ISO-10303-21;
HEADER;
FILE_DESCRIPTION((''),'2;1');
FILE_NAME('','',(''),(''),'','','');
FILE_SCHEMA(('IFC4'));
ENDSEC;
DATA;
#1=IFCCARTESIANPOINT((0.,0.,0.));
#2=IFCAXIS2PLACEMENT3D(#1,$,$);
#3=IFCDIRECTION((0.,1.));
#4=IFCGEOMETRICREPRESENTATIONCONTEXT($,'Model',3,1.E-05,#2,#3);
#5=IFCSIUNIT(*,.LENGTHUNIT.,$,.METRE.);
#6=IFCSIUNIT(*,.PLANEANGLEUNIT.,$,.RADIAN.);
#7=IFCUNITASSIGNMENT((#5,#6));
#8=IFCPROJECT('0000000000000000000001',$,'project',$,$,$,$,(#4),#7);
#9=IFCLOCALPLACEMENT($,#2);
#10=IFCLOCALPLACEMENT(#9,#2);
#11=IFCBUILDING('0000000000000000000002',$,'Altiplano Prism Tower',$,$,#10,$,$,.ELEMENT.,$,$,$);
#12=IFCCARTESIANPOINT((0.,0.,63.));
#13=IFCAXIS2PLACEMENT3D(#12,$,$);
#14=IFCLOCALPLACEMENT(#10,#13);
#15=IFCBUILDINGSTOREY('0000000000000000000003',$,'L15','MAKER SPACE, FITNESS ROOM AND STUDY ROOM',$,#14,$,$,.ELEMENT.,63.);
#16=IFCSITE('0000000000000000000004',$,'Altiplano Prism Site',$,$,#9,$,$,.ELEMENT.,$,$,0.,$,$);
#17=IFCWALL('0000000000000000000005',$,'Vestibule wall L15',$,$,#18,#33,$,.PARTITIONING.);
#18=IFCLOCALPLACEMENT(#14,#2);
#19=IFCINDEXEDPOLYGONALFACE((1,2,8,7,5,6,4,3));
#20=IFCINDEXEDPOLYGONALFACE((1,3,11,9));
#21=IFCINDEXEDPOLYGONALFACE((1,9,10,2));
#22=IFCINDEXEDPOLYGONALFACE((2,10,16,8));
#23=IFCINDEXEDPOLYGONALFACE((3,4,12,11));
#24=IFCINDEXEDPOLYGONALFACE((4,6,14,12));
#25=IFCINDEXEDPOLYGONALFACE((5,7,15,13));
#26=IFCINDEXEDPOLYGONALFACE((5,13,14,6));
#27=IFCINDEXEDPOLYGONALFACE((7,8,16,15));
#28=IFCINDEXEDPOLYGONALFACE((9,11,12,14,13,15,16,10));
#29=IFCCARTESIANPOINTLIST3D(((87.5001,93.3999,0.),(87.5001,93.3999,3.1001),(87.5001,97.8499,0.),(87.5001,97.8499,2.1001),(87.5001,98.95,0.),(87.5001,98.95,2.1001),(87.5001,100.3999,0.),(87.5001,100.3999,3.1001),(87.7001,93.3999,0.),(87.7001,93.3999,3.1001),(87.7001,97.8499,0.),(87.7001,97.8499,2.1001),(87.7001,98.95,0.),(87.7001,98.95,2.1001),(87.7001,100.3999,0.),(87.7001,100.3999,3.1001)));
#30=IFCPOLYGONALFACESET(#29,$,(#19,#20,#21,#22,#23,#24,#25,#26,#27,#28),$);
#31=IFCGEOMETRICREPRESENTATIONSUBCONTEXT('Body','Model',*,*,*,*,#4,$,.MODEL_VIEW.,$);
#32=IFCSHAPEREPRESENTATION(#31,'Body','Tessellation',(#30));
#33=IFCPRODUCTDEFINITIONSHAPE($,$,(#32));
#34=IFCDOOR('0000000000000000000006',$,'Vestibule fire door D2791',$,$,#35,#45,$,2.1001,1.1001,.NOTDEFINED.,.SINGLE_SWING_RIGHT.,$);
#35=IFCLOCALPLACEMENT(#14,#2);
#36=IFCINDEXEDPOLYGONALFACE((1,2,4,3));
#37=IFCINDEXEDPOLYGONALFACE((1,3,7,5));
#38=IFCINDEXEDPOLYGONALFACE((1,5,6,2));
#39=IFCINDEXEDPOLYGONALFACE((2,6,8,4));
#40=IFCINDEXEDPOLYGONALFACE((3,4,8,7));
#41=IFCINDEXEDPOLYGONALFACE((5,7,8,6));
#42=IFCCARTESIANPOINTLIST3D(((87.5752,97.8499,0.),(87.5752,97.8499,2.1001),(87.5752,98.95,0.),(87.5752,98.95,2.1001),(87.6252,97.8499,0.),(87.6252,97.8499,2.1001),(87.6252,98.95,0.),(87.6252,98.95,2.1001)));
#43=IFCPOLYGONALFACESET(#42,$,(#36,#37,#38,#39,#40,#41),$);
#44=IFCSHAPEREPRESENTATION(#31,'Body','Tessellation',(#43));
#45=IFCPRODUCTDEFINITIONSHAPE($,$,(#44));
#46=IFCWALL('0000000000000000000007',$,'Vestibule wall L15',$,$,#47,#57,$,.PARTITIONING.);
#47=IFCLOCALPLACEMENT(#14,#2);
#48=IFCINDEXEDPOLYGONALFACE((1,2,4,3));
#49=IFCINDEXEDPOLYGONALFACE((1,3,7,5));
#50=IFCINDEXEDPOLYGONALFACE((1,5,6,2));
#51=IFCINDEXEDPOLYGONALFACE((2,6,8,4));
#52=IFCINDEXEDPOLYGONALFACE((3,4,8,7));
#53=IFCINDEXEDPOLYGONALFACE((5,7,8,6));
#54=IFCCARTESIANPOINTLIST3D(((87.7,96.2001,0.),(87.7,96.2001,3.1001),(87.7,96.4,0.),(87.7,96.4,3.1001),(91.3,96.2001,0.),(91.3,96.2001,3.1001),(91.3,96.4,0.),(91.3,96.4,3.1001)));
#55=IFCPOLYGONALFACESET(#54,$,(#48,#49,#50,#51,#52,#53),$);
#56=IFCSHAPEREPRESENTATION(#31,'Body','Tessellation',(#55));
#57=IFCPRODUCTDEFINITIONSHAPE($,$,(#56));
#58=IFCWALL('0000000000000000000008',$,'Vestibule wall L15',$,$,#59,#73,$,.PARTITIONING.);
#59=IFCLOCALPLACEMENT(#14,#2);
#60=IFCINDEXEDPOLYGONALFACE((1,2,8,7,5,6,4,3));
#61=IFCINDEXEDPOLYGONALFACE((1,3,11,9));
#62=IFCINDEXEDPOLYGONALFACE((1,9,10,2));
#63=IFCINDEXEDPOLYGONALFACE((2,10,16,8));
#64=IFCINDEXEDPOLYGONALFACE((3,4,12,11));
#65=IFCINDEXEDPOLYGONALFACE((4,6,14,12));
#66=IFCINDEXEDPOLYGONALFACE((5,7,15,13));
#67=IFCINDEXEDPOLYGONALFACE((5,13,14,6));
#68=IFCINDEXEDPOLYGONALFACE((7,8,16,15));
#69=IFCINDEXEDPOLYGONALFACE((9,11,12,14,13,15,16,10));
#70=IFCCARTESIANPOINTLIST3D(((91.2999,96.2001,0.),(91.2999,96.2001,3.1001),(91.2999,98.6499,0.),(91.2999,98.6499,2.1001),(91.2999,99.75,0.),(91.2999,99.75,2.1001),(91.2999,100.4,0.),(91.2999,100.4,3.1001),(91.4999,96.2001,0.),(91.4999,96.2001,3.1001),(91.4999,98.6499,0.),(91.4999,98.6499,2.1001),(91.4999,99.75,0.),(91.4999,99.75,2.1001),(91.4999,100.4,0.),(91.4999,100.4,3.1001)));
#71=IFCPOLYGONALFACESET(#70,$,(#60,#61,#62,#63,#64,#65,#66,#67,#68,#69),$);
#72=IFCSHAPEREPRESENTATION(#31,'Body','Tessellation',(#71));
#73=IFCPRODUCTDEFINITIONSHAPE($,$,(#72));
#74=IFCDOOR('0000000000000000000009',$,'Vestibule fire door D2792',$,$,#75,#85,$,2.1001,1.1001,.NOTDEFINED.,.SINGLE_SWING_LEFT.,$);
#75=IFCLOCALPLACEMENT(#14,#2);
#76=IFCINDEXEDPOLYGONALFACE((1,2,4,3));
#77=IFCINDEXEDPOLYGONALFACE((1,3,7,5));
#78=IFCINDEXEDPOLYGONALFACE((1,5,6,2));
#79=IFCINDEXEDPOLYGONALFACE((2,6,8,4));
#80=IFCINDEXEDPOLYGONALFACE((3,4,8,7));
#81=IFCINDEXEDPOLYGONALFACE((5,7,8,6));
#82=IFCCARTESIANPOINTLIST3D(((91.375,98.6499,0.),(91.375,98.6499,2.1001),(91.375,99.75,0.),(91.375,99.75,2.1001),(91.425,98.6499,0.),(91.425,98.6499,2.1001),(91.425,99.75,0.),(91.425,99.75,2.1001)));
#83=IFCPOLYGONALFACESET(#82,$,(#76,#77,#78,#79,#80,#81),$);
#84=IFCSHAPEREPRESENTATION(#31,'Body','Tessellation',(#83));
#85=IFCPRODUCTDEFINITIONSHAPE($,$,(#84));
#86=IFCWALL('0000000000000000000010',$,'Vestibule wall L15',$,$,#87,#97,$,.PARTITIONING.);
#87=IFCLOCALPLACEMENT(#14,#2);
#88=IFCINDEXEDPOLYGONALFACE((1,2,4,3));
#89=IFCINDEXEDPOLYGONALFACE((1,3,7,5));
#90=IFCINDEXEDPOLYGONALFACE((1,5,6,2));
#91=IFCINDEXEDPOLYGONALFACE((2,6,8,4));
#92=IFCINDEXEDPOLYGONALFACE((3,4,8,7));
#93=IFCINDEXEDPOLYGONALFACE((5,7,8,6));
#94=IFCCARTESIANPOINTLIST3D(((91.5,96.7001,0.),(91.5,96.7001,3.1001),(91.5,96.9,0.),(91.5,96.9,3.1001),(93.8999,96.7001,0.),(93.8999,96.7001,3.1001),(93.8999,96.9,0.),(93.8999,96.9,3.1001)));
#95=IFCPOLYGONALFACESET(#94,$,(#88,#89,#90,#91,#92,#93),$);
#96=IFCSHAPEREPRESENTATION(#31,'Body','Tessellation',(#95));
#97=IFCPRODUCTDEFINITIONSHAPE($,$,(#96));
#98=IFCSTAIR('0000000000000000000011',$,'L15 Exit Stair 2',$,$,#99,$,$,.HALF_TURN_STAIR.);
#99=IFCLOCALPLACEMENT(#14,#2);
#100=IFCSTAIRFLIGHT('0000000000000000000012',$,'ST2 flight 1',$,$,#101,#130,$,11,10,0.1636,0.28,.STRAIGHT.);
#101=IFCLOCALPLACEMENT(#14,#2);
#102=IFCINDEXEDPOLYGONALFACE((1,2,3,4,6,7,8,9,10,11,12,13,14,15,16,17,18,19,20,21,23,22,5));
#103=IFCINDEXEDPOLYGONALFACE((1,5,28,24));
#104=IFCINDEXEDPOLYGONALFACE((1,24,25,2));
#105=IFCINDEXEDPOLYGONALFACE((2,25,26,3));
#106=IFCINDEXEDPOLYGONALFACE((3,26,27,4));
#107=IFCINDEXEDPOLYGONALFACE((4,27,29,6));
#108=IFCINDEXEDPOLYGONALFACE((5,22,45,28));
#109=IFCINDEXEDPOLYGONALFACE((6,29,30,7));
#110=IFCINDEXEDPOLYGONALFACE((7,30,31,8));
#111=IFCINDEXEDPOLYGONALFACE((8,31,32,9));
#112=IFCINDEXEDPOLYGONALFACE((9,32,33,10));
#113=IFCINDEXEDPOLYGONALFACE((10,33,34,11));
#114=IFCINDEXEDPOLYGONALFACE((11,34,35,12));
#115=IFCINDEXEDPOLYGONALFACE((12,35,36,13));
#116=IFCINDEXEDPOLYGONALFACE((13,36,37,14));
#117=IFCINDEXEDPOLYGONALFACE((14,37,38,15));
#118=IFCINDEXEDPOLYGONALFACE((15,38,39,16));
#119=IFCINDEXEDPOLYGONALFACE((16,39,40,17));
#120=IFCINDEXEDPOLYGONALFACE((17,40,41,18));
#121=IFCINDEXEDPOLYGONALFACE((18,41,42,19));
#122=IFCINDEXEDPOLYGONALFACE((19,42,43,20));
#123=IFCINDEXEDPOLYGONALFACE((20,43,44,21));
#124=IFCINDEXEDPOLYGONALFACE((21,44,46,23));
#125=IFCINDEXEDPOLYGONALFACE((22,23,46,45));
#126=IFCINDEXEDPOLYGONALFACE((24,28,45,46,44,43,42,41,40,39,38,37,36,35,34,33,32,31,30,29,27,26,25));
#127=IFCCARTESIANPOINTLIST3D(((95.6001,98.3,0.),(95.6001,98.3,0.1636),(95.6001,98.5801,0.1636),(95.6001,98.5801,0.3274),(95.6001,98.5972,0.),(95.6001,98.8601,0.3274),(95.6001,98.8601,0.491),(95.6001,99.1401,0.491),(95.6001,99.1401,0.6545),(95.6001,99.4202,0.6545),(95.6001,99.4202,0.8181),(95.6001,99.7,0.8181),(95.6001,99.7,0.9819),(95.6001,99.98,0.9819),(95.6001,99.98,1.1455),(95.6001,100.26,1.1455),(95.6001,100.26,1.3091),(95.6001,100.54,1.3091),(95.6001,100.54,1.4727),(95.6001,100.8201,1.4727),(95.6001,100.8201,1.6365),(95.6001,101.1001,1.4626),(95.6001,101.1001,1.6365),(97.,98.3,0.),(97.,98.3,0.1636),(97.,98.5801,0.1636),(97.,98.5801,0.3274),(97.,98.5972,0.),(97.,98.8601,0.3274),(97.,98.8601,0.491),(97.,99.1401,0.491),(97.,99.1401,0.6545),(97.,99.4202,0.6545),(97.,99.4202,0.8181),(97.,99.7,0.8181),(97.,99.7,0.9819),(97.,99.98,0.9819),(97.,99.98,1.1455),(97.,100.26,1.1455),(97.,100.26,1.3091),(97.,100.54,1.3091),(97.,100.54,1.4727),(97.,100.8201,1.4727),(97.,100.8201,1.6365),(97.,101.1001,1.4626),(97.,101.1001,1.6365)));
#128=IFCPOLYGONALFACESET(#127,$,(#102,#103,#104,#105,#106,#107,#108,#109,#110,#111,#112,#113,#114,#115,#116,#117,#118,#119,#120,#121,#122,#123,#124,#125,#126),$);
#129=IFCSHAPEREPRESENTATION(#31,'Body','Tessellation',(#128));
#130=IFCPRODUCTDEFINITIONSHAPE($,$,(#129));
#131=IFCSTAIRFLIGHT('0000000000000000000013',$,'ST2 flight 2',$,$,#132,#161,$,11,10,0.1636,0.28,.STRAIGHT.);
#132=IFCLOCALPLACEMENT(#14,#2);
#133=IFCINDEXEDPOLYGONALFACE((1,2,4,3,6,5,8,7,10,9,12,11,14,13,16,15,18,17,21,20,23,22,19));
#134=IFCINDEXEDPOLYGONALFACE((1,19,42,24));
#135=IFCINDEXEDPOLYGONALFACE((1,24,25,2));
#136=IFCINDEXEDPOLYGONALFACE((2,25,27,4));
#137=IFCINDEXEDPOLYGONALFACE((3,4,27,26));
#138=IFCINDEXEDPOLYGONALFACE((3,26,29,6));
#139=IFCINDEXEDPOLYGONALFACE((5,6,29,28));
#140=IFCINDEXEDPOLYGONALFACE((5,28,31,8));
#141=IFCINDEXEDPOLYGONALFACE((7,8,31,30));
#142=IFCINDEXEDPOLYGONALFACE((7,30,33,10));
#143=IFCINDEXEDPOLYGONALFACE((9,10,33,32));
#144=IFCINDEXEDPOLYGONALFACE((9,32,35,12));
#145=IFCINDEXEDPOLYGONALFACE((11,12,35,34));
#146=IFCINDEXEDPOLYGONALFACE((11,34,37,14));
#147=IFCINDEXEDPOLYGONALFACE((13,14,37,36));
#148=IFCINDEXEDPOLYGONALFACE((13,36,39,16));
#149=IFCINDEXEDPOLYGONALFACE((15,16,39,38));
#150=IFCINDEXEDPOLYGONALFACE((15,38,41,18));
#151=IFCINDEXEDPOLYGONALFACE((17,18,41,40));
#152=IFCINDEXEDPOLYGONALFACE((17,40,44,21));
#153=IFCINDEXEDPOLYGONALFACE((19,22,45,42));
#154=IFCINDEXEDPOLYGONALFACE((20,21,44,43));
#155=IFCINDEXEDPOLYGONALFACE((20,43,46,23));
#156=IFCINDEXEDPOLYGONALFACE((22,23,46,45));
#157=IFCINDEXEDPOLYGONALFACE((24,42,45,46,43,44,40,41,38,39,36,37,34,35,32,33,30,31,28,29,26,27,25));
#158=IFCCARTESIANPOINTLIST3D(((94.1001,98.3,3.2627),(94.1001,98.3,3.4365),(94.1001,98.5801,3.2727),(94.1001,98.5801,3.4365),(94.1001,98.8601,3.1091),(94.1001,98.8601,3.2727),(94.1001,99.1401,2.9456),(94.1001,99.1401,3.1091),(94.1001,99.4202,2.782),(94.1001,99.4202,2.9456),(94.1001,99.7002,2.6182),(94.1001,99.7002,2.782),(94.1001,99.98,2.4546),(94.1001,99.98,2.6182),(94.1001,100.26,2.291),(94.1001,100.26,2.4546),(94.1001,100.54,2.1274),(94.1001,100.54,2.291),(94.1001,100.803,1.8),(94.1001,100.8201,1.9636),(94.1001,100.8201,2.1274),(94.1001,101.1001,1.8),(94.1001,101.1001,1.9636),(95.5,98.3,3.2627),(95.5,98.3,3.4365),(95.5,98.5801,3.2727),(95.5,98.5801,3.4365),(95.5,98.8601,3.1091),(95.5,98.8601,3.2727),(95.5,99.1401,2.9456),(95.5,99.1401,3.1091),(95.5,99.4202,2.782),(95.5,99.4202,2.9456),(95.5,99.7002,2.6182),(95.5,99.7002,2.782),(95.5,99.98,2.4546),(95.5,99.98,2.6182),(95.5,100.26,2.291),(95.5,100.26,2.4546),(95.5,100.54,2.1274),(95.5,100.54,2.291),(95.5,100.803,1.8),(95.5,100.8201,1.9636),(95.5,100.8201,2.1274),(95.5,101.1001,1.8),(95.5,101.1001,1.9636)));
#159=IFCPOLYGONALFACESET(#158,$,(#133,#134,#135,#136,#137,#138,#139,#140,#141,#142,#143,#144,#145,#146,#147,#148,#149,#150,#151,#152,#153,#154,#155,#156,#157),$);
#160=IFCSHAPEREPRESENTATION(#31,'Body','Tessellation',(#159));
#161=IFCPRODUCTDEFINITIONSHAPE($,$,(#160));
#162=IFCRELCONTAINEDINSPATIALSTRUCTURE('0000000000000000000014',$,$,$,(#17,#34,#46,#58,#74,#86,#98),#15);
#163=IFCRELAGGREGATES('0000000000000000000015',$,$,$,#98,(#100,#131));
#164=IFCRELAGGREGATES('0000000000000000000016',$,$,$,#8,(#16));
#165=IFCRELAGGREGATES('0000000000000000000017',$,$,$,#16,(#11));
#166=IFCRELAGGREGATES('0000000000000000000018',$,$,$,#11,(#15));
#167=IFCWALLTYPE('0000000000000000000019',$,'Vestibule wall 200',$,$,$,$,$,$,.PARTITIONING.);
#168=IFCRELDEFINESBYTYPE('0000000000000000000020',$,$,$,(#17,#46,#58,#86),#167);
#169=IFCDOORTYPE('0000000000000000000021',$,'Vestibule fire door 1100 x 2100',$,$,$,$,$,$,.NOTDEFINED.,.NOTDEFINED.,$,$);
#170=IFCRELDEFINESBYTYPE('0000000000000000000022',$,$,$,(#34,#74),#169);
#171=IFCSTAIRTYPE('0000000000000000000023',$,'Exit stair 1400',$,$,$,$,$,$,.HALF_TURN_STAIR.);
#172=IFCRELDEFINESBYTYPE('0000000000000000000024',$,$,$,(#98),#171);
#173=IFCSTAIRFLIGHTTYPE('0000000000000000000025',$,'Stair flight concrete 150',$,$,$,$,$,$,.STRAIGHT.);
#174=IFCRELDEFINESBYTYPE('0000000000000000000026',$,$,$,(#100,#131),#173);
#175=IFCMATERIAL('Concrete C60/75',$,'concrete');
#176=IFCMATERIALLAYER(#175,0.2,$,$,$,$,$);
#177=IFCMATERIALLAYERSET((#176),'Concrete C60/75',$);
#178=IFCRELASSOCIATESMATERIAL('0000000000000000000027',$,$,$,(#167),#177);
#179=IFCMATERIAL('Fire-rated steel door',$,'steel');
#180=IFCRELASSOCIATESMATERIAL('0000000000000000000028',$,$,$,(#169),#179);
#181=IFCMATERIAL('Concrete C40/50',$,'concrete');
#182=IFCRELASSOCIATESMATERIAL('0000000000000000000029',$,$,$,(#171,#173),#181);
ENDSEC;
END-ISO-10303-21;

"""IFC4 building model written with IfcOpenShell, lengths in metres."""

from ifc_helpers import new_model, si_unit, direction, frame, frame_2d, origin, place, context, subcontext, project, spatial, polyline, rectangle, outline, extrude, material, layer, layer_set, type_object, element, fill, aggregate, save


model = new_model("IFC4")

# Units and contexts
model_context = context("Model", 3, precision=1e-05, world=origin(), true_north=direction((0.0, 1.0)))
body_context = subcontext(model_context, "Body", "Model", "MODEL_VIEW")
ifc_project = project(units=[si_unit("LENGTHUNIT", "METRE"), si_unit("PLANEANGLEUNIT", "RADIAN")], contexts=[model_context])

# Site, building, storey
site_placement = place(None, origin())
site = spatial("IfcSite", under=ifc_project, at=site_placement, Name="Altiplano Prism Site", CompositionType="ELEMENT", RefElevation=0.0)
building_placement = place(site_placement, origin())
building = spatial("IfcBuilding", under=site, at=building_placement, Name="Altiplano Prism Tower", CompositionType="ELEMENT")
storey_placement = place(building_placement, frame((0.0, 0.0, 63.0)))
storey = spatial("IfcBuildingStorey", under=building, at=storey_placement, Name="L15", Description="MAKER SPACE, FITNESS ROOM AND STUDY ROOM", CompositionType="ELEMENT", Elevation=63.0)

# Shared definitions
ifc_material_1 = material(Name="Concrete C60/75", Category="concrete")

# Shared definitions
ifc_material_2 = material(Name="Fire-rated steel door", Category="steel")

# Wall, opening, door
ifc_layer_1 = layer(ifc_material_1, 0.2)
ifc_layer_set_1 = layer_set([ifc_layer_1], Name="Concrete C60/75")
wall_type_1 = type_object("IfcWallType", Name="Vestibule wall 200", PredefinedType="PARTITIONING", material=ifc_layer_set_1)
wall_1_placement = place(storey_placement, frame((87.6001, 93.3999, 0.0), z_axis=(0.0, 0.0, 1.0), x_axis=(0.0, 1.0, 0.0)))
wall_1 = element("IfcWall", 1, at=wall_1_placement, inside=storey, type_object=wall_type_1, Name="Vestibule wall L15", PredefinedType="PARTITIONING", context=body_context, shape_type="SweptSolid", body=[
    extrude(rectangle(XDim=7.0, YDim=0.2, at=frame_2d((3.5, 0.0))), origin(), (0.0, 0.0, 1.0), 3.1001),
])
opening_1_placement = place(wall_1_placement, frame((4.45, 0.0, 0.0)))
opening_1 = element("IfcOpeningElement", 2, at=opening_1_placement, cuts=wall_1, PredefinedType="OPENING", context=body_context, shape_type="SweptSolid", body=[
    extrude(rectangle(XDim=1.1001, YDim=2.1001, at=frame_2d((0.55, 1.05))), frame((0.0, 0.1104, 0.0), z_axis=(0.0, -1.0, 0.0), x_axis=(1.0, 0.0, 0.0)), (0.0, 0.0, 1.0), 0.2209),
])
door_type_1 = type_object("IfcDoorType", Name="Vestibule fire door 1100 x 2100", OperationType="NOTDEFINED", PredefinedType="NOTDEFINED", material=ifc_material_2)
door_1_placement = place(opening_1_placement, origin())
door_1 = element("IfcDoor", 3, at=door_1_placement, inside=storey, type_object=door_type_1, Name="Vestibule fire door D2791", OperationType="SINGLE_SWING_RIGHT", OverallHeight=2.1001, OverallWidth=1.1001, PredefinedType="NOTDEFINED", context=body_context, shape_type="SweptSolid", body=[
    extrude(rectangle(XDim=1.1001, YDim=2.1001, at=frame_2d((0.55, 1.05))), frame((0.0, 0.0249, 0.0), z_axis=(0.0, -1.0, 0.0), x_axis=(1.0, 0.0, 0.0)), (0.0, 0.0, 1.0), 0.05),
])
fill(opening_1, door_1)

# Wall
wall_2_placement = place(storey_placement, frame((87.7, 96.3, 0.0), z_axis=(0.0, 0.0, 1.0), x_axis=(1.0, 0.0, 0.0)))
element("IfcWall", 4, at=wall_2_placement, inside=storey, type_object=wall_type_1, Name="Vestibule wall L15", PredefinedType="PARTITIONING", context=body_context, shape_type="SweptSolid", body=[
    extrude(rectangle(XDim=3.6001, YDim=0.2, at=frame_2d((1.8, 0.0))), origin(), (0.0, 0.0, 1.0), 3.1001),
])

# Wall, opening, door
wall_3_placement = place(storey_placement, frame((91.3999, 96.2, 0.0), z_axis=(0.0, 0.0, 1.0), x_axis=(0.0, 1.0, 0.0)))
wall_3 = element("IfcWall", 5, at=wall_3_placement, inside=storey, type_object=wall_type_1, Name="Vestibule wall L15", PredefinedType="PARTITIONING", context=body_context, shape_type="SweptSolid", body=[
    extrude(rectangle(XDim=4.2, YDim=0.2, at=frame_2d((2.1001, 0.0))), origin(), (0.0, 0.0, 1.0), 3.1001),
])
opening_2_placement = place(wall_3_placement, frame((2.45, 0.0, 0.0)))
opening_2 = element("IfcOpeningElement", 6, at=opening_2_placement, cuts=wall_3, PredefinedType="OPENING", context=body_context, shape_type="SweptSolid", body=[
    extrude(rectangle(XDim=1.1001, YDim=2.1001, at=frame_2d((0.55, 1.05))), frame((0.0, 0.1104, 0.0), z_axis=(0.0, -1.0, 0.0), x_axis=(1.0, 0.0, 0.0)), (0.0, 0.0, 1.0), 0.2209),
])
door_2_placement = place(opening_2_placement, origin())
door_2 = element("IfcDoor", 7, at=door_2_placement, inside=storey, type_object=door_type_1, Name="Vestibule fire door D2792", OperationType="SINGLE_SWING_LEFT", OverallHeight=2.1001, OverallWidth=1.1001, PredefinedType="NOTDEFINED", context=body_context, shape_type="SweptSolid", body=[
    extrude(rectangle(XDim=1.1001, YDim=2.1001, at=frame_2d((0.55, 1.05))), frame((0.0, 0.0249, 0.0), z_axis=(0.0, -1.0, 0.0), x_axis=(1.0, 0.0, 0.0)), (0.0, 0.0, 1.0), 0.05),
])
fill(opening_2, door_2)

# Wall
wall_4_placement = place(storey_placement, frame((91.5, 96.8, 0.0), z_axis=(0.0, 0.0, 1.0), x_axis=(1.0, 0.0, 0.0)))
element("IfcWall", 8, at=wall_4_placement, inside=storey, type_object=wall_type_1, Name="Vestibule wall L15", PredefinedType="PARTITIONING", context=body_context, shape_type="SweptSolid", body=[
    extrude(rectangle(XDim=2.3999, YDim=0.2, at=frame_2d((1.2, 0.0))), origin(), (0.0, 0.0, 1.0), 3.1001),
])

# Stair, stair flights
ifc_material_3 = material(Name="Concrete C40/50", Category="concrete")
stair_type_1 = type_object("IfcStairType", Name="Exit stair 1400", PredefinedType="HALF_TURN_STAIR", material=ifc_material_3)
stair_1_placement = place(storey_placement, origin())
stair_1 = element("IfcStair", 9, at=stair_1_placement, inside=storey, type_object=stair_type_1, Name="L15 Exit Stair 2", PredefinedType="HALF_TURN_STAIR")
stair_flight_type = type_object("IfcStairFlightType", Name="Stair flight concrete 150", PredefinedType="STRAIGHT", material=ifc_material_3)
stair_flight_1_placement = place(storey_placement, frame((96.3, 98.3, 0.0), z_axis=(0.0, 0.0, 1.0), x_axis=(0.0, 1.0, 0.0)))
stair_flight_1 = element("IfcStairFlight", 10, at=stair_flight_1_placement, type_object=stair_flight_type, Name="ST2 flight 1", NumberOfRisers=11, NumberOfTreads=10, PredefinedType="STRAIGHT", RiserHeight=0.1636, TreadLength=0.28, context=body_context, shape_type="SweptSolid", body=[
    extrude(outline(polyline([(0.0, 0.0), (0.0, 0.1636), (0.28, 0.1636), (0.28, 0.3274), (0.5601, 0.3274), (0.5601, 0.491), (0.8401, 0.491), (0.8401, 0.6545), (1.1201, 0.6545), (1.1201, 0.8181), (1.3999, 0.8181), (1.3999, 0.9819), (1.6799, 0.9819), (1.6799, 1.1455), (1.96, 1.1455), (1.96, 1.3091), (2.24, 1.3091), (2.24, 1.4727), (2.52, 1.4727), (2.52, 1.6365), (2.8, 1.6365), (2.8, 1.8), (2.8, 1.4626), (0.2971, 0.0), (0.0, 0.0)])), frame((0.0, 0.7, 0.0), z_axis=(0.0, -1.0, 0.0), x_axis=(1.0, 0.0, 0.0)), (0.0, 0.0, 1.0), 1.3999),
])
stair_flight_2_placement = place(storey_placement, frame((94.8, 101.1001, 1.8), z_axis=(0.0, 0.0, 1.0), x_axis=(0.0, -1.0, 0.0)))
stair_flight_2 = element("IfcStairFlight", 11, at=stair_flight_2_placement, type_object=stair_flight_type, Name="ST2 flight 2", NumberOfRisers=11, NumberOfTreads=10, PredefinedType="STRAIGHT", RiserHeight=0.1636, TreadLength=0.28, context=body_context, shape_type="SweptSolid", body=[
    extrude(outline(polyline([(0.0, 0.0), (0.0, 0.1636), (0.28, 0.1636), (0.28, 0.3274), (0.5601, 0.3274), (0.5601, 0.491), (0.8401, 0.491), (0.8401, 0.6545), (1.1201, 0.6545), (1.1201, 0.8181), (1.3999, 0.8181), (1.3999, 0.9819), (1.6799, 0.9819), (1.6799, 1.1455), (1.96, 1.1455), (1.96, 1.3091), (2.24, 1.3091), (2.24, 1.4727), (2.52, 1.4727), (2.52, 1.6365), (2.8, 1.6365), (2.8, 1.8), (2.8, 1.4626), (0.2971, 0.0), (0.0, 0.0)])), frame((0.0, 0.7, 0.0), z_axis=(0.0, -1.0, 0.0), x_axis=(1.0, 0.0, 0.0)), (0.0, 0.0, 1.0), 1.3999),
])
aggregate(stair_1, [stair_flight_1, stair_flight_2])

save(model, "model.ifc")
